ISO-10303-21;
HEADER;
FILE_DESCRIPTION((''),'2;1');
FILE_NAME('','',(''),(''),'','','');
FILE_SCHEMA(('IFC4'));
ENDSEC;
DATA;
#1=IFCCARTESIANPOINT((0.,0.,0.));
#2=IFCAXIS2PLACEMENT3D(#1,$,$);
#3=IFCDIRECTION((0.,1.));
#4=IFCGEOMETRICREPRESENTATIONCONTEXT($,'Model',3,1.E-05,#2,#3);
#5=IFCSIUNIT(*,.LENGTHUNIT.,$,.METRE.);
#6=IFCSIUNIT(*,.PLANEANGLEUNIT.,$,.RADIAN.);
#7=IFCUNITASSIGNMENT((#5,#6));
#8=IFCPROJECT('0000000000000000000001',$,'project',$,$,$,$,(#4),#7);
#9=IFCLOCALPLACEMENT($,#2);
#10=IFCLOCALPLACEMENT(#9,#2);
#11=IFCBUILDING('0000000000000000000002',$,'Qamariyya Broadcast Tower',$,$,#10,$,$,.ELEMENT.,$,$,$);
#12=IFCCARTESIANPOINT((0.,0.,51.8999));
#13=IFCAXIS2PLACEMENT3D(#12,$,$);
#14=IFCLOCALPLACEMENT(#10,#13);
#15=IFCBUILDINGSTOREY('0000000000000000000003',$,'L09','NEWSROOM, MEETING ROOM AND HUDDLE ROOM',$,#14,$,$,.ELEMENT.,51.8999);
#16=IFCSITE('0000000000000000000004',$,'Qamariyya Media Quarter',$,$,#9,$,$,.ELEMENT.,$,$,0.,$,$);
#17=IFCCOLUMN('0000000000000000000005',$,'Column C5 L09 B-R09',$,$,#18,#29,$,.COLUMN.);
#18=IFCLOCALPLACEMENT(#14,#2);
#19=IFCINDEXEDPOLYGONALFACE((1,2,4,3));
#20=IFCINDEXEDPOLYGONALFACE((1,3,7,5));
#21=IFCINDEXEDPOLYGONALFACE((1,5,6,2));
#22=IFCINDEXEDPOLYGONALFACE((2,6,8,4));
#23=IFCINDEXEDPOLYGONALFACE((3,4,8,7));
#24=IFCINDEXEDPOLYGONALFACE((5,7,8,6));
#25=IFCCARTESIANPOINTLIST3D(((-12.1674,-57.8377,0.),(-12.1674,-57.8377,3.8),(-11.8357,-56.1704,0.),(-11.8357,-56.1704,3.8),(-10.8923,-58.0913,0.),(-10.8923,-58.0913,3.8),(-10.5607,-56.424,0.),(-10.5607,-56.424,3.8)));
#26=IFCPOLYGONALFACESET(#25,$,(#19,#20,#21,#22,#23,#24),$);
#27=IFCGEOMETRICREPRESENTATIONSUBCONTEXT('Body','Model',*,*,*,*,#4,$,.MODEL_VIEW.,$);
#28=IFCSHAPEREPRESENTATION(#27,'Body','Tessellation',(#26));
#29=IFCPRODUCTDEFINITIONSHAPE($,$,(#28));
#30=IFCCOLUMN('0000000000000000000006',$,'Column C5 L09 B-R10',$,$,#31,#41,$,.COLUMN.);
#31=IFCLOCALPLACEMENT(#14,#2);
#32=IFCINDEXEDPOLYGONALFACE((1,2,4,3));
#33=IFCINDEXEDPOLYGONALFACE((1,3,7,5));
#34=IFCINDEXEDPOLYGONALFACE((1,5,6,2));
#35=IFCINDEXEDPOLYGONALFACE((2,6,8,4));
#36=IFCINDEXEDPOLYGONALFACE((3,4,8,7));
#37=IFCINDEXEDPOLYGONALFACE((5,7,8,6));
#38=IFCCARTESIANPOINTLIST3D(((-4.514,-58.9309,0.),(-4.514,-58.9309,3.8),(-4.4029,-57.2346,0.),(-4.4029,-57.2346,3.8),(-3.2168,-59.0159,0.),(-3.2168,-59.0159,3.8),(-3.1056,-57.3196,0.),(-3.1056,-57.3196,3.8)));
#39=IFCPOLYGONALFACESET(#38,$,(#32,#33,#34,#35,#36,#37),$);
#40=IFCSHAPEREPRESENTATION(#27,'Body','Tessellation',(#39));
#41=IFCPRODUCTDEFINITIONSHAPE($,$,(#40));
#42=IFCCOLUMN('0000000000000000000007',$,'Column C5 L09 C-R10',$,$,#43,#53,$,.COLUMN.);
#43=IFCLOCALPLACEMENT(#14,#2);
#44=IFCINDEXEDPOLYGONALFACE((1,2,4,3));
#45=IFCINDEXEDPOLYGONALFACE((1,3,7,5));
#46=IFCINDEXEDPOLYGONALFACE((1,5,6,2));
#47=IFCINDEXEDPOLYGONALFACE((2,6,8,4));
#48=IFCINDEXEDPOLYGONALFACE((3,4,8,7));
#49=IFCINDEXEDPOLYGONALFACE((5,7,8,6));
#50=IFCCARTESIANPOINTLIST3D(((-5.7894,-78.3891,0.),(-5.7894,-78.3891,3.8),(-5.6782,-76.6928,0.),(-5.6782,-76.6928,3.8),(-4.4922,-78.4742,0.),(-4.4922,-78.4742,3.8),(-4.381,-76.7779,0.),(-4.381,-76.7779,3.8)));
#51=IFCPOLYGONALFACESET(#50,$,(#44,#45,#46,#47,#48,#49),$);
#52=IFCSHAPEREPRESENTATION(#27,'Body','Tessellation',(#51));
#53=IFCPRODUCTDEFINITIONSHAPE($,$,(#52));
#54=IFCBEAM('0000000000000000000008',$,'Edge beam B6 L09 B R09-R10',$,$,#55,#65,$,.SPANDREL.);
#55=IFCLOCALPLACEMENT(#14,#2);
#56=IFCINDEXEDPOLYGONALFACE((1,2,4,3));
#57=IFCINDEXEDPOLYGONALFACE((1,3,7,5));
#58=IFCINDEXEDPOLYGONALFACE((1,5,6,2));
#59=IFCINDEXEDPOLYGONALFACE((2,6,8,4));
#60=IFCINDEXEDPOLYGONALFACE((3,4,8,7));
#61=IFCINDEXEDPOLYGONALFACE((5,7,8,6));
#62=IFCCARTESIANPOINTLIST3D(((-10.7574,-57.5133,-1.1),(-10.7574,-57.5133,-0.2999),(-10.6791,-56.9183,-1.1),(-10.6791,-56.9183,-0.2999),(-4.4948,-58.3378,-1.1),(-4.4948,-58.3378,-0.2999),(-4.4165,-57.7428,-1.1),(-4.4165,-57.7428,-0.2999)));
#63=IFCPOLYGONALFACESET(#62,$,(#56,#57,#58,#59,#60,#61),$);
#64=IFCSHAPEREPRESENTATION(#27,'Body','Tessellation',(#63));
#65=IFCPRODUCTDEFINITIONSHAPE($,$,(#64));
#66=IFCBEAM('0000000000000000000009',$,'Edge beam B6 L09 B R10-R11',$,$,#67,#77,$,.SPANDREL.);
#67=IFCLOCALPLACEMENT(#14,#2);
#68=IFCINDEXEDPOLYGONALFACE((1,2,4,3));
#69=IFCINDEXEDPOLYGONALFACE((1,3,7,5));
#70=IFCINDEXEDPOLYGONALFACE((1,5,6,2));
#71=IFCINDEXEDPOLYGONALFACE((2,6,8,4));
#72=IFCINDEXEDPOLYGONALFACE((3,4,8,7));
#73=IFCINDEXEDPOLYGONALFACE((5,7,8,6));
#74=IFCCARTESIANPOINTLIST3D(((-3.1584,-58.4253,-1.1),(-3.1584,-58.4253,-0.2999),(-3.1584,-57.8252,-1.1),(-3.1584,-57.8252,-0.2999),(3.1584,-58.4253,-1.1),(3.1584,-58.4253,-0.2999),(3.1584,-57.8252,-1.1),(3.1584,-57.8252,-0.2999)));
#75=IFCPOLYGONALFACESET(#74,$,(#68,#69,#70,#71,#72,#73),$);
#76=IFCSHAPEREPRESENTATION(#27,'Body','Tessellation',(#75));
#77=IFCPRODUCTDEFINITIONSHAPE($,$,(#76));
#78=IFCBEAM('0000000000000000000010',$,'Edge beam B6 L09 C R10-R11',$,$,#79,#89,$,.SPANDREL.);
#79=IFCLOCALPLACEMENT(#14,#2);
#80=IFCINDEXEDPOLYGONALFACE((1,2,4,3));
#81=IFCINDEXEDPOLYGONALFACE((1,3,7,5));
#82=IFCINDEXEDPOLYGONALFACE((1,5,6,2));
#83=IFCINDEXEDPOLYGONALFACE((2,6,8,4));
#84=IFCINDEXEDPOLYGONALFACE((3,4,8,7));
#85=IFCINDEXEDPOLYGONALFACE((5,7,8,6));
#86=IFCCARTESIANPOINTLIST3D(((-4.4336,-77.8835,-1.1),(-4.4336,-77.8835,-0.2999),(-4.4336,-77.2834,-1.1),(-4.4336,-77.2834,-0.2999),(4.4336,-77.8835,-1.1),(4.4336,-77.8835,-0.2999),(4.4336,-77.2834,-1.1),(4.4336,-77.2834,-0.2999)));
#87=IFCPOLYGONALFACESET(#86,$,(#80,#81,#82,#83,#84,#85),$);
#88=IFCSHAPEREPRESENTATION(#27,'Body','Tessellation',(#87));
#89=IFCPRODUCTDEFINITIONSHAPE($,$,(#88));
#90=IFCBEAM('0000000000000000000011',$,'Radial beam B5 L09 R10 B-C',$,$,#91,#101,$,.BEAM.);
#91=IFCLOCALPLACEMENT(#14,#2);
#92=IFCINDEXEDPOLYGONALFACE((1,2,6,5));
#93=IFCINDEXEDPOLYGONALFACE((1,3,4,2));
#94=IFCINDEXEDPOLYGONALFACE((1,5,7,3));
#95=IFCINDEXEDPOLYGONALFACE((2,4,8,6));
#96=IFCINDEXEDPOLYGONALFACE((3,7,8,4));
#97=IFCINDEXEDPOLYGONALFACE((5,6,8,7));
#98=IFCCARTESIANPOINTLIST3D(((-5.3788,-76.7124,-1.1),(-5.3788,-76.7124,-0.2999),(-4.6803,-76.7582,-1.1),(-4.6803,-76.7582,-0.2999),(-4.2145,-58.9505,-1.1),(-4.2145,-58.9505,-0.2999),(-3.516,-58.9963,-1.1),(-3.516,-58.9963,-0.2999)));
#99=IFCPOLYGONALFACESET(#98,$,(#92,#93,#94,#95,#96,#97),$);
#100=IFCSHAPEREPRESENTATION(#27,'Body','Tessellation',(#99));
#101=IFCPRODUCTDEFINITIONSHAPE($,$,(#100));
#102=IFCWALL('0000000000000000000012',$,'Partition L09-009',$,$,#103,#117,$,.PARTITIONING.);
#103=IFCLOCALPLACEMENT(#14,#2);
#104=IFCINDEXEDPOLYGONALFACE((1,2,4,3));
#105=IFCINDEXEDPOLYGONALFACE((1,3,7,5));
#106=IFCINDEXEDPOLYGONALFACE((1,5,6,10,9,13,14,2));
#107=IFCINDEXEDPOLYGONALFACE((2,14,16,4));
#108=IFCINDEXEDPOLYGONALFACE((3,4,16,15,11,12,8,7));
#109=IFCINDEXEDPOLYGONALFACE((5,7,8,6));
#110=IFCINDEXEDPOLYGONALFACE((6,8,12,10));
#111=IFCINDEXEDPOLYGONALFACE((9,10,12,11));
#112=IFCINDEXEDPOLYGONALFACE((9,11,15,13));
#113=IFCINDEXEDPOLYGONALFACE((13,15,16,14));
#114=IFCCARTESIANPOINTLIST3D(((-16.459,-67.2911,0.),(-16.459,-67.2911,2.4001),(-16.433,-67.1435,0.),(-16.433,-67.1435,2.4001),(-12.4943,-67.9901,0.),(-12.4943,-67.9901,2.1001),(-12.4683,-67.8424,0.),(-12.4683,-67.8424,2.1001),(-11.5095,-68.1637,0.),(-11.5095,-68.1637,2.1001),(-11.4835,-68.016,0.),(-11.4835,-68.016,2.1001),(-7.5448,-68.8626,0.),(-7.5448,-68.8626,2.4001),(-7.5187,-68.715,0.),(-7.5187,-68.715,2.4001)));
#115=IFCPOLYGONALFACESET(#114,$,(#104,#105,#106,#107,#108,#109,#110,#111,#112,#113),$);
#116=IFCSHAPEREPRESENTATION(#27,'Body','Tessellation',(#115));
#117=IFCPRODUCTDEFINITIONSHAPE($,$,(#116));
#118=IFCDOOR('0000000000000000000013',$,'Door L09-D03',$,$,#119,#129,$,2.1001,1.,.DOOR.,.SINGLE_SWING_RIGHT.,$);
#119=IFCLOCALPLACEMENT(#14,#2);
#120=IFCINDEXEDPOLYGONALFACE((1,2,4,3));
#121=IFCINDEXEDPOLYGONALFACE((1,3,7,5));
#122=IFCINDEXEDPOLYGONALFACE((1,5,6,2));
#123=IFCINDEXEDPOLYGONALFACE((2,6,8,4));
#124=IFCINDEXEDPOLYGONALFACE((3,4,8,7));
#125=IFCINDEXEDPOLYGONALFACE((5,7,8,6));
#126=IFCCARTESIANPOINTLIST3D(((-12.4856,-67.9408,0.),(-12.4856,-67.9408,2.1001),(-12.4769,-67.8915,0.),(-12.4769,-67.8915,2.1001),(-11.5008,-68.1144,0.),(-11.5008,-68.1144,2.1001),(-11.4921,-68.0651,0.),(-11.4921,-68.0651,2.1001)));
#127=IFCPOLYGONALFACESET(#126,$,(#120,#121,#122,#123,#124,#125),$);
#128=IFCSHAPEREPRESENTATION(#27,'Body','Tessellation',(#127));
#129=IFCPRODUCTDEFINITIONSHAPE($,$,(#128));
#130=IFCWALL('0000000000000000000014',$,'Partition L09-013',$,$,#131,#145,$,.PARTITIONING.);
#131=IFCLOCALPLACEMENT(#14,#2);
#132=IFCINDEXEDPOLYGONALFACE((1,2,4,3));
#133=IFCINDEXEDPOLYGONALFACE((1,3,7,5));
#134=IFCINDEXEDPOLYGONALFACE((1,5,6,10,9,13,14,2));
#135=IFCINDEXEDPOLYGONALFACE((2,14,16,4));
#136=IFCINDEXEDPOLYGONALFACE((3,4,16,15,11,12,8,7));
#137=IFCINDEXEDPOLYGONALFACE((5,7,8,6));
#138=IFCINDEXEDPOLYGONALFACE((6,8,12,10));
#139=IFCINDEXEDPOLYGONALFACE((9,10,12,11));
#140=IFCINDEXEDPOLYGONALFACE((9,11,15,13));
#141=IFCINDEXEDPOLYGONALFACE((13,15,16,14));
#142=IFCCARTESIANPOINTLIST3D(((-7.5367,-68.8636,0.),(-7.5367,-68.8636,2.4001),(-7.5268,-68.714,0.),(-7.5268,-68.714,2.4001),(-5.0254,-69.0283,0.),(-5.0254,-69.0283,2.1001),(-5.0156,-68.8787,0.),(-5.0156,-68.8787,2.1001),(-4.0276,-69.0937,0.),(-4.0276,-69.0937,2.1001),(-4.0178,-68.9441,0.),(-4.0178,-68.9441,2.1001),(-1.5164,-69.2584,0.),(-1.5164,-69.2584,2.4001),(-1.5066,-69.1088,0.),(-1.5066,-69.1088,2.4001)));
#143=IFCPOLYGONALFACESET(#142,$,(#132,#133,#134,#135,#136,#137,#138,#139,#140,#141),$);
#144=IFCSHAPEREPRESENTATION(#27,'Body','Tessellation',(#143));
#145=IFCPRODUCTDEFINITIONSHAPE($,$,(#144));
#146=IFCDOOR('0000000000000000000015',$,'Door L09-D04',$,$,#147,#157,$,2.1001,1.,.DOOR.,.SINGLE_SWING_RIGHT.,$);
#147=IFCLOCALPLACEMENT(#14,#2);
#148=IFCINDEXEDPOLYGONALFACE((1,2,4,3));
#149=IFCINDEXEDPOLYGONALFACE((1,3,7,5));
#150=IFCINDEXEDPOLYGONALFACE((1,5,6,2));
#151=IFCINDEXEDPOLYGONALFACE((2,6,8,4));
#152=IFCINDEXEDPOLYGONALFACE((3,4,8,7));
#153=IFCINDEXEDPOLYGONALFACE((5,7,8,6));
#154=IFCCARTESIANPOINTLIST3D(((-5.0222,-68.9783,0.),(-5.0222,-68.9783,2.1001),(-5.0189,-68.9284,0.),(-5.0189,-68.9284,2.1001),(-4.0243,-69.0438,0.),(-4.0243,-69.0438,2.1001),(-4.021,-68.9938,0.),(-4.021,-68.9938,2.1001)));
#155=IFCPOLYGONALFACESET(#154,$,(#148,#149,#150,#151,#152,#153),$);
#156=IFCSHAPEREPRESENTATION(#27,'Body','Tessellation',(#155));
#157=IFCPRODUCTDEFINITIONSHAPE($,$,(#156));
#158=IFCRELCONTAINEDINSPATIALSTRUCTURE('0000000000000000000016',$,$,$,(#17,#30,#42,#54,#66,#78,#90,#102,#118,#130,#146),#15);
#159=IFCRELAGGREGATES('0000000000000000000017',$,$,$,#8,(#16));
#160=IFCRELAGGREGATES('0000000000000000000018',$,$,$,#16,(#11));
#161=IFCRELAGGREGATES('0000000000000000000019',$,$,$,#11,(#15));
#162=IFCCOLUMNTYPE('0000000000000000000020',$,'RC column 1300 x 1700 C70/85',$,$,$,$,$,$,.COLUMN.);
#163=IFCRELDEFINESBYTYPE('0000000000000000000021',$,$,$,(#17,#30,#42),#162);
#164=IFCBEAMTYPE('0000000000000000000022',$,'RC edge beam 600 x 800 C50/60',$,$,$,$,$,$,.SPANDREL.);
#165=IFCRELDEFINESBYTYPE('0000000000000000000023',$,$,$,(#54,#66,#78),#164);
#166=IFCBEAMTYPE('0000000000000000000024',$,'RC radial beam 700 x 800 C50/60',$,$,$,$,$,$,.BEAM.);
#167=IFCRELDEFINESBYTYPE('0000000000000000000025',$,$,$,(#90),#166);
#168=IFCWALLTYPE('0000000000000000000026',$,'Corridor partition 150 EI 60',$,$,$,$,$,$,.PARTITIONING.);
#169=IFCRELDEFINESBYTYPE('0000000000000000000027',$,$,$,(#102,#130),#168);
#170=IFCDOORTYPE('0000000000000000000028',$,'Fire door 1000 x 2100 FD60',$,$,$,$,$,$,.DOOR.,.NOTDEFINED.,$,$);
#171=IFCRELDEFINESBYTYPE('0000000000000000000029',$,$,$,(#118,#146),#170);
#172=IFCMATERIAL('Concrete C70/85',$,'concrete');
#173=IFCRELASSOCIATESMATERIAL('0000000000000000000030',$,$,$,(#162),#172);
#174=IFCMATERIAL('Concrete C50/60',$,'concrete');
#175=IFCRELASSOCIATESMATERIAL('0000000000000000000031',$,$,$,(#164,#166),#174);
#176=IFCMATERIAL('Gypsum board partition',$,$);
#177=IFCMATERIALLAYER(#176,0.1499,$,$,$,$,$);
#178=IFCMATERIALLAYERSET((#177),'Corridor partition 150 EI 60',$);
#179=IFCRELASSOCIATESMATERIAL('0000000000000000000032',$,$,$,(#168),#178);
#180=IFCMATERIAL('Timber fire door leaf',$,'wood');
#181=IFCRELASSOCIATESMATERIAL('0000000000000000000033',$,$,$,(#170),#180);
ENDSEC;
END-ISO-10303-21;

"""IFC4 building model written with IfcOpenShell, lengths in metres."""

from ifc_helpers import new_model, si_unit, direction, frame, frame_2d, origin, origin_2d, place, context, subcontext, project, spatial, rectangle, extrude, material, layer, layer_set, material_profile, profile_set, type_object, element, fill, save


model = new_model("IFC4")

# Units and contexts
model_context = context("Model", 3, precision=1e-05, world=origin(), true_north=direction((0.0, 1.0)))
body_context = subcontext(model_context, "Body", "Model", "MODEL_VIEW")
ifc_project = project(units=[si_unit("LENGTHUNIT", "METRE"), si_unit("PLANEANGLEUNIT", "RADIAN")], contexts=[model_context])

# Site, building, storey
site_placement = place(None, origin())
site = spatial("IfcSite", under=ifc_project, at=site_placement, Name="Qamariyya Media Quarter", CompositionType="ELEMENT", RefElevation=0.0)
building_placement = place(site_placement, origin())
building = spatial("IfcBuilding", under=site, at=building_placement, Name="Qamariyya Broadcast Tower", CompositionType="ELEMENT")
storey_placement = place(building_placement, frame((0.0, 0.0, 51.8999)))
storey = spatial("IfcBuildingStorey", under=building, at=storey_placement, Name="L09", Description="NEWSROOM, MEETING ROOM AND HUDDLE ROOM", CompositionType="ELEMENT", Elevation=51.8999)

# Columns
ifc_material_1 = material(Name="Concrete C70/85", Category="concrete")
ifc_material_profile_1 = material_profile(ifc_material_1, rectangle(XDim=1.3, YDim=1.7, at=origin_2d()))
ifc_profile_set_1 = profile_set([ifc_material_profile_1], Name="Concrete C70/85")
column_type = type_object("IfcColumnType", Name="RC column 1300 x 1700 C70/85", PredefinedType="COLUMN", material=ifc_profile_set_1)
for number, where, z_axis, x_axis, name in (
    (1, (-11.364, -57.1309, 0.0), (0.0, 0.0, 1.0), (0.980785, -0.19509, 0.0), "Column C5 L09 B-R09"),
    (2, (-3.8098, -58.1252, 0.0), (0.0, 0.0, 1.0), (0.997859, -0.065403, 0.0), "Column C5 L09 B-R10"),
    (3, (-5.0852, -77.5835, 0.0), (0.0, 0.0, 1.0), (0.997859, -0.065403, 0.0), "Column C5 L09 C-R10"),
):
    element("IfcColumn", number, at=place(storey_placement, frame(where, z_axis=z_axis, x_axis=x_axis)), inside=storey, type_object=column_type, Name=name, PredefinedType="COLUMN", context=body_context, shape_type="SweptSolid", body=[
        extrude(rectangle(XDim=1.3, YDim=1.7, at=origin_2d()), origin(), (0.0, 0.0, 1.0), 3.8),
    ])

# Beams
ifc_material_2 = material(Name="Concrete C50/60", Category="concrete")
ifc_material_profile_2 = material_profile(ifc_material_2, rectangle(XDim=0.6001, YDim=0.8, at=origin_2d()))
ifc_profile_set_2 = profile_set([ifc_material_profile_2], Name="Concrete C50/60")
beam_type_1 = type_object("IfcBeamType", Name="RC edge beam 600 x 800 C50/60", PredefinedType="SPANDREL", material=ifc_profile_set_2)
beam_1_placement = place(storey_placement, frame((-10.7183, -57.2158, -0.7), z_axis=(0.991446, -0.13052, 0.0), x_axis=(0.13052, 0.991446, 0.0)))
element("IfcBeam", 4, at=beam_1_placement, inside=storey, type_object=beam_type_1, Name="Edge beam B6 L09 B R09-R10", PredefinedType="SPANDREL", context=body_context, shape_type="SweptSolid", body=[
    extrude(rectangle(XDim=0.6001, YDim=0.8, at=origin_2d()), origin(), (0.0, 0.0, 1.0), 6.3167),
])
beam_2_placement = place(storey_placement, frame((-3.1584, -58.1252, -0.7), z_axis=(1.0, 0.0, 0.0), x_axis=(0.0, 1.0, 0.0)))
element("IfcBeam", 5, at=beam_2_placement, inside=storey, type_object=beam_type_1, Name="Edge beam B6 L09 B R10-R11", PredefinedType="SPANDREL", context=body_context, shape_type="SweptSolid", body=[
    extrude(rectangle(XDim=0.6001, YDim=0.8, at=origin_2d()), origin(), (0.0, 0.0, 1.0), 6.3169),
])
beam_3_placement = place(storey_placement, frame((-4.4336, -77.5835, -0.7), z_axis=(1.0, 0.0, 0.0), x_axis=(0.0, 1.0, 0.0)))
element("IfcBeam", 6, at=beam_3_placement, inside=storey, type_object=beam_type_1, Name="Edge beam B6 L09 C R10-R11", PredefinedType="SPANDREL", context=body_context, shape_type="SweptSolid", body=[
    extrude(rectangle(XDim=0.6001, YDim=0.8, at=origin_2d()), origin(), (0.0, 0.0, 1.0), 8.8672),
])
ifc_material_profile_3 = material_profile(ifc_material_2, rectangle(XDim=0.7, YDim=0.8, at=origin_2d()))
ifc_profile_set_3 = profile_set([ifc_material_profile_3], Name="Concrete C50/60")
beam_type_2 = type_object("IfcBeamType", Name="RC radial beam 700 x 800 C50/60", PredefinedType="BEAM", material=ifc_profile_set_3)
beam_4_placement = place(storey_placement, frame((-3.8652, -58.9734, -0.7), z_axis=(-0.06541, -0.997858, 0.0), x_axis=(0.997858, -0.06541, 0.0)))
element("IfcBeam", 7, at=beam_4_placement, inside=storey, type_object=beam_type_2, Name="Radial beam B5 L09 R10 B-C", PredefinedType="BEAM", context=body_context, shape_type="SweptSolid", body=[
    extrude(rectangle(XDim=0.7, YDim=0.8, at=origin_2d()), origin(), (0.0, 0.0, 1.0), 17.8),
])

# Walls, openings, doors
ifc_material_3 = material(Name="Gypsum board partition")
ifc_layer_1 = layer(ifc_material_3, 0.1499)
ifc_layer_set_1 = layer_set([ifc_layer_1], Name="Corridor partition 150 EI 60")
wall_type_1 = type_object("IfcWallType", Name="Corridor partition 150 EI 60", PredefinedType="PARTITIONING", material=ifc_layer_set_1)
wall_1_placement = place(storey_placement, frame((-7.5317, -68.7888, 0.0), z_axis=(0.0, 0.0, 1.0), x_axis=(-0.984813, 0.173616, 0.0)))
wall_1 = element("IfcWall", 8, at=wall_1_placement, inside=storey, type_object=wall_type_1, Name="Partition L09-009", PredefinedType="PARTITIONING", context=body_context, shape_type="SweptSolid", body=[
    extrude(rectangle(XDim=9.0518, YDim=0.1499, at=frame_2d((4.5259, 0.0))), origin(), (0.0, 0.0, 1.0), 2.4001),
])
opening_1_placement = place(wall_1_placement, frame((4.0259, 0.0, 0.0)))
opening_1 = element("IfcOpeningElement", 9, at=opening_1_placement, cuts=wall_1, PredefinedType="OPENING", context=body_context, shape_type="SweptSolid", body=[
    extrude(rectangle(XDim=1.0, YDim=2.1001, at=frame_2d((0.5, 1.05))), frame((0.0, 0.085, 0.0), z_axis=(0.0, -1.0, 0.0), x_axis=(1.0, 0.0, 0.0)), (0.0, 0.0, 1.0), 0.1699),
])
ifc_material_4 = material(Name="Timber fire door leaf", Category="wood")
door_type = type_object("IfcDoorType", Name="Fire door 1000 x 2100 FD60", OperationType="NOTDEFINED", PredefinedType="DOOR", material=ifc_material_4)
door_1_placement = place(opening_1_placement, origin())
door_1 = element("IfcDoor", 10, at=door_1_placement, inside=storey, type_object=door_type, Name="Door L09-D03", OperationType="SINGLE_SWING_RIGHT", OverallHeight=2.1001, OverallWidth=1.0, PredefinedType="DOOR", context=body_context, shape_type="SweptSolid", body=[
    extrude(rectangle(XDim=1.0, YDim=2.1001, at=frame_2d((0.5, 1.05))), frame((0.0, 0.0249, 0.0), z_axis=(0.0, -1.0, 0.0), x_axis=(1.0, 0.0, 0.0)), (0.0, 0.0, 1.0), 0.05),
])
fill(opening_1, door_1)
wall_2_placement = place(storey_placement, frame((-1.5115, -69.1836, 0.0), z_axis=(0.0, 0.0, 1.0), x_axis=(-0.997857, 0.065434, 0.0)))
wall_2 = element("IfcWall", 11, at=wall_2_placement, inside=storey, type_object=wall_type_1, Name="Partition L09-013", PredefinedType="PARTITIONING", context=body_context, shape_type="SweptSolid", body=[
    extrude(rectangle(XDim=6.0332, YDim=0.1499, at=frame_2d((3.0166, 0.0))), origin(), (0.0, 0.0, 1.0), 2.4001),
])
opening_2_placement = place(wall_2_placement, frame((2.5166, 0.0, 0.0)))
opening_2 = element("IfcOpeningElement", 12, at=opening_2_placement, cuts=wall_2, PredefinedType="OPENING", context=body_context, shape_type="SweptSolid", body=[
    extrude(rectangle(XDim=1.0, YDim=2.1001, at=frame_2d((0.5, 1.05))), frame((0.0, 0.085, 0.0), z_axis=(0.0, -1.0, 0.0), x_axis=(1.0, 0.0, 0.0)), (0.0, 0.0, 1.0), 0.1699),
])
door_2_placement = place(opening_2_placement, origin())
door_2 = element("IfcDoor", 13, at=door_2_placement, inside=storey, type_object=door_type, Name="Door L09-D04", OperationType="SINGLE_SWING_RIGHT", OverallHeight=2.1001, OverallWidth=1.0, PredefinedType="DOOR", context=body_context, shape_type="SweptSolid", body=[
    extrude(rectangle(XDim=1.0, YDim=2.1001, at=frame_2d((0.5, 1.05))), frame((0.0, 0.0249, 0.0), z_axis=(0.0, -1.0, 0.0), x_axis=(1.0, 0.0, 0.0)), (0.0, 0.0, 1.0), 0.05),
])
fill(opening_2, door_2)

save(model, "model.ifc")
